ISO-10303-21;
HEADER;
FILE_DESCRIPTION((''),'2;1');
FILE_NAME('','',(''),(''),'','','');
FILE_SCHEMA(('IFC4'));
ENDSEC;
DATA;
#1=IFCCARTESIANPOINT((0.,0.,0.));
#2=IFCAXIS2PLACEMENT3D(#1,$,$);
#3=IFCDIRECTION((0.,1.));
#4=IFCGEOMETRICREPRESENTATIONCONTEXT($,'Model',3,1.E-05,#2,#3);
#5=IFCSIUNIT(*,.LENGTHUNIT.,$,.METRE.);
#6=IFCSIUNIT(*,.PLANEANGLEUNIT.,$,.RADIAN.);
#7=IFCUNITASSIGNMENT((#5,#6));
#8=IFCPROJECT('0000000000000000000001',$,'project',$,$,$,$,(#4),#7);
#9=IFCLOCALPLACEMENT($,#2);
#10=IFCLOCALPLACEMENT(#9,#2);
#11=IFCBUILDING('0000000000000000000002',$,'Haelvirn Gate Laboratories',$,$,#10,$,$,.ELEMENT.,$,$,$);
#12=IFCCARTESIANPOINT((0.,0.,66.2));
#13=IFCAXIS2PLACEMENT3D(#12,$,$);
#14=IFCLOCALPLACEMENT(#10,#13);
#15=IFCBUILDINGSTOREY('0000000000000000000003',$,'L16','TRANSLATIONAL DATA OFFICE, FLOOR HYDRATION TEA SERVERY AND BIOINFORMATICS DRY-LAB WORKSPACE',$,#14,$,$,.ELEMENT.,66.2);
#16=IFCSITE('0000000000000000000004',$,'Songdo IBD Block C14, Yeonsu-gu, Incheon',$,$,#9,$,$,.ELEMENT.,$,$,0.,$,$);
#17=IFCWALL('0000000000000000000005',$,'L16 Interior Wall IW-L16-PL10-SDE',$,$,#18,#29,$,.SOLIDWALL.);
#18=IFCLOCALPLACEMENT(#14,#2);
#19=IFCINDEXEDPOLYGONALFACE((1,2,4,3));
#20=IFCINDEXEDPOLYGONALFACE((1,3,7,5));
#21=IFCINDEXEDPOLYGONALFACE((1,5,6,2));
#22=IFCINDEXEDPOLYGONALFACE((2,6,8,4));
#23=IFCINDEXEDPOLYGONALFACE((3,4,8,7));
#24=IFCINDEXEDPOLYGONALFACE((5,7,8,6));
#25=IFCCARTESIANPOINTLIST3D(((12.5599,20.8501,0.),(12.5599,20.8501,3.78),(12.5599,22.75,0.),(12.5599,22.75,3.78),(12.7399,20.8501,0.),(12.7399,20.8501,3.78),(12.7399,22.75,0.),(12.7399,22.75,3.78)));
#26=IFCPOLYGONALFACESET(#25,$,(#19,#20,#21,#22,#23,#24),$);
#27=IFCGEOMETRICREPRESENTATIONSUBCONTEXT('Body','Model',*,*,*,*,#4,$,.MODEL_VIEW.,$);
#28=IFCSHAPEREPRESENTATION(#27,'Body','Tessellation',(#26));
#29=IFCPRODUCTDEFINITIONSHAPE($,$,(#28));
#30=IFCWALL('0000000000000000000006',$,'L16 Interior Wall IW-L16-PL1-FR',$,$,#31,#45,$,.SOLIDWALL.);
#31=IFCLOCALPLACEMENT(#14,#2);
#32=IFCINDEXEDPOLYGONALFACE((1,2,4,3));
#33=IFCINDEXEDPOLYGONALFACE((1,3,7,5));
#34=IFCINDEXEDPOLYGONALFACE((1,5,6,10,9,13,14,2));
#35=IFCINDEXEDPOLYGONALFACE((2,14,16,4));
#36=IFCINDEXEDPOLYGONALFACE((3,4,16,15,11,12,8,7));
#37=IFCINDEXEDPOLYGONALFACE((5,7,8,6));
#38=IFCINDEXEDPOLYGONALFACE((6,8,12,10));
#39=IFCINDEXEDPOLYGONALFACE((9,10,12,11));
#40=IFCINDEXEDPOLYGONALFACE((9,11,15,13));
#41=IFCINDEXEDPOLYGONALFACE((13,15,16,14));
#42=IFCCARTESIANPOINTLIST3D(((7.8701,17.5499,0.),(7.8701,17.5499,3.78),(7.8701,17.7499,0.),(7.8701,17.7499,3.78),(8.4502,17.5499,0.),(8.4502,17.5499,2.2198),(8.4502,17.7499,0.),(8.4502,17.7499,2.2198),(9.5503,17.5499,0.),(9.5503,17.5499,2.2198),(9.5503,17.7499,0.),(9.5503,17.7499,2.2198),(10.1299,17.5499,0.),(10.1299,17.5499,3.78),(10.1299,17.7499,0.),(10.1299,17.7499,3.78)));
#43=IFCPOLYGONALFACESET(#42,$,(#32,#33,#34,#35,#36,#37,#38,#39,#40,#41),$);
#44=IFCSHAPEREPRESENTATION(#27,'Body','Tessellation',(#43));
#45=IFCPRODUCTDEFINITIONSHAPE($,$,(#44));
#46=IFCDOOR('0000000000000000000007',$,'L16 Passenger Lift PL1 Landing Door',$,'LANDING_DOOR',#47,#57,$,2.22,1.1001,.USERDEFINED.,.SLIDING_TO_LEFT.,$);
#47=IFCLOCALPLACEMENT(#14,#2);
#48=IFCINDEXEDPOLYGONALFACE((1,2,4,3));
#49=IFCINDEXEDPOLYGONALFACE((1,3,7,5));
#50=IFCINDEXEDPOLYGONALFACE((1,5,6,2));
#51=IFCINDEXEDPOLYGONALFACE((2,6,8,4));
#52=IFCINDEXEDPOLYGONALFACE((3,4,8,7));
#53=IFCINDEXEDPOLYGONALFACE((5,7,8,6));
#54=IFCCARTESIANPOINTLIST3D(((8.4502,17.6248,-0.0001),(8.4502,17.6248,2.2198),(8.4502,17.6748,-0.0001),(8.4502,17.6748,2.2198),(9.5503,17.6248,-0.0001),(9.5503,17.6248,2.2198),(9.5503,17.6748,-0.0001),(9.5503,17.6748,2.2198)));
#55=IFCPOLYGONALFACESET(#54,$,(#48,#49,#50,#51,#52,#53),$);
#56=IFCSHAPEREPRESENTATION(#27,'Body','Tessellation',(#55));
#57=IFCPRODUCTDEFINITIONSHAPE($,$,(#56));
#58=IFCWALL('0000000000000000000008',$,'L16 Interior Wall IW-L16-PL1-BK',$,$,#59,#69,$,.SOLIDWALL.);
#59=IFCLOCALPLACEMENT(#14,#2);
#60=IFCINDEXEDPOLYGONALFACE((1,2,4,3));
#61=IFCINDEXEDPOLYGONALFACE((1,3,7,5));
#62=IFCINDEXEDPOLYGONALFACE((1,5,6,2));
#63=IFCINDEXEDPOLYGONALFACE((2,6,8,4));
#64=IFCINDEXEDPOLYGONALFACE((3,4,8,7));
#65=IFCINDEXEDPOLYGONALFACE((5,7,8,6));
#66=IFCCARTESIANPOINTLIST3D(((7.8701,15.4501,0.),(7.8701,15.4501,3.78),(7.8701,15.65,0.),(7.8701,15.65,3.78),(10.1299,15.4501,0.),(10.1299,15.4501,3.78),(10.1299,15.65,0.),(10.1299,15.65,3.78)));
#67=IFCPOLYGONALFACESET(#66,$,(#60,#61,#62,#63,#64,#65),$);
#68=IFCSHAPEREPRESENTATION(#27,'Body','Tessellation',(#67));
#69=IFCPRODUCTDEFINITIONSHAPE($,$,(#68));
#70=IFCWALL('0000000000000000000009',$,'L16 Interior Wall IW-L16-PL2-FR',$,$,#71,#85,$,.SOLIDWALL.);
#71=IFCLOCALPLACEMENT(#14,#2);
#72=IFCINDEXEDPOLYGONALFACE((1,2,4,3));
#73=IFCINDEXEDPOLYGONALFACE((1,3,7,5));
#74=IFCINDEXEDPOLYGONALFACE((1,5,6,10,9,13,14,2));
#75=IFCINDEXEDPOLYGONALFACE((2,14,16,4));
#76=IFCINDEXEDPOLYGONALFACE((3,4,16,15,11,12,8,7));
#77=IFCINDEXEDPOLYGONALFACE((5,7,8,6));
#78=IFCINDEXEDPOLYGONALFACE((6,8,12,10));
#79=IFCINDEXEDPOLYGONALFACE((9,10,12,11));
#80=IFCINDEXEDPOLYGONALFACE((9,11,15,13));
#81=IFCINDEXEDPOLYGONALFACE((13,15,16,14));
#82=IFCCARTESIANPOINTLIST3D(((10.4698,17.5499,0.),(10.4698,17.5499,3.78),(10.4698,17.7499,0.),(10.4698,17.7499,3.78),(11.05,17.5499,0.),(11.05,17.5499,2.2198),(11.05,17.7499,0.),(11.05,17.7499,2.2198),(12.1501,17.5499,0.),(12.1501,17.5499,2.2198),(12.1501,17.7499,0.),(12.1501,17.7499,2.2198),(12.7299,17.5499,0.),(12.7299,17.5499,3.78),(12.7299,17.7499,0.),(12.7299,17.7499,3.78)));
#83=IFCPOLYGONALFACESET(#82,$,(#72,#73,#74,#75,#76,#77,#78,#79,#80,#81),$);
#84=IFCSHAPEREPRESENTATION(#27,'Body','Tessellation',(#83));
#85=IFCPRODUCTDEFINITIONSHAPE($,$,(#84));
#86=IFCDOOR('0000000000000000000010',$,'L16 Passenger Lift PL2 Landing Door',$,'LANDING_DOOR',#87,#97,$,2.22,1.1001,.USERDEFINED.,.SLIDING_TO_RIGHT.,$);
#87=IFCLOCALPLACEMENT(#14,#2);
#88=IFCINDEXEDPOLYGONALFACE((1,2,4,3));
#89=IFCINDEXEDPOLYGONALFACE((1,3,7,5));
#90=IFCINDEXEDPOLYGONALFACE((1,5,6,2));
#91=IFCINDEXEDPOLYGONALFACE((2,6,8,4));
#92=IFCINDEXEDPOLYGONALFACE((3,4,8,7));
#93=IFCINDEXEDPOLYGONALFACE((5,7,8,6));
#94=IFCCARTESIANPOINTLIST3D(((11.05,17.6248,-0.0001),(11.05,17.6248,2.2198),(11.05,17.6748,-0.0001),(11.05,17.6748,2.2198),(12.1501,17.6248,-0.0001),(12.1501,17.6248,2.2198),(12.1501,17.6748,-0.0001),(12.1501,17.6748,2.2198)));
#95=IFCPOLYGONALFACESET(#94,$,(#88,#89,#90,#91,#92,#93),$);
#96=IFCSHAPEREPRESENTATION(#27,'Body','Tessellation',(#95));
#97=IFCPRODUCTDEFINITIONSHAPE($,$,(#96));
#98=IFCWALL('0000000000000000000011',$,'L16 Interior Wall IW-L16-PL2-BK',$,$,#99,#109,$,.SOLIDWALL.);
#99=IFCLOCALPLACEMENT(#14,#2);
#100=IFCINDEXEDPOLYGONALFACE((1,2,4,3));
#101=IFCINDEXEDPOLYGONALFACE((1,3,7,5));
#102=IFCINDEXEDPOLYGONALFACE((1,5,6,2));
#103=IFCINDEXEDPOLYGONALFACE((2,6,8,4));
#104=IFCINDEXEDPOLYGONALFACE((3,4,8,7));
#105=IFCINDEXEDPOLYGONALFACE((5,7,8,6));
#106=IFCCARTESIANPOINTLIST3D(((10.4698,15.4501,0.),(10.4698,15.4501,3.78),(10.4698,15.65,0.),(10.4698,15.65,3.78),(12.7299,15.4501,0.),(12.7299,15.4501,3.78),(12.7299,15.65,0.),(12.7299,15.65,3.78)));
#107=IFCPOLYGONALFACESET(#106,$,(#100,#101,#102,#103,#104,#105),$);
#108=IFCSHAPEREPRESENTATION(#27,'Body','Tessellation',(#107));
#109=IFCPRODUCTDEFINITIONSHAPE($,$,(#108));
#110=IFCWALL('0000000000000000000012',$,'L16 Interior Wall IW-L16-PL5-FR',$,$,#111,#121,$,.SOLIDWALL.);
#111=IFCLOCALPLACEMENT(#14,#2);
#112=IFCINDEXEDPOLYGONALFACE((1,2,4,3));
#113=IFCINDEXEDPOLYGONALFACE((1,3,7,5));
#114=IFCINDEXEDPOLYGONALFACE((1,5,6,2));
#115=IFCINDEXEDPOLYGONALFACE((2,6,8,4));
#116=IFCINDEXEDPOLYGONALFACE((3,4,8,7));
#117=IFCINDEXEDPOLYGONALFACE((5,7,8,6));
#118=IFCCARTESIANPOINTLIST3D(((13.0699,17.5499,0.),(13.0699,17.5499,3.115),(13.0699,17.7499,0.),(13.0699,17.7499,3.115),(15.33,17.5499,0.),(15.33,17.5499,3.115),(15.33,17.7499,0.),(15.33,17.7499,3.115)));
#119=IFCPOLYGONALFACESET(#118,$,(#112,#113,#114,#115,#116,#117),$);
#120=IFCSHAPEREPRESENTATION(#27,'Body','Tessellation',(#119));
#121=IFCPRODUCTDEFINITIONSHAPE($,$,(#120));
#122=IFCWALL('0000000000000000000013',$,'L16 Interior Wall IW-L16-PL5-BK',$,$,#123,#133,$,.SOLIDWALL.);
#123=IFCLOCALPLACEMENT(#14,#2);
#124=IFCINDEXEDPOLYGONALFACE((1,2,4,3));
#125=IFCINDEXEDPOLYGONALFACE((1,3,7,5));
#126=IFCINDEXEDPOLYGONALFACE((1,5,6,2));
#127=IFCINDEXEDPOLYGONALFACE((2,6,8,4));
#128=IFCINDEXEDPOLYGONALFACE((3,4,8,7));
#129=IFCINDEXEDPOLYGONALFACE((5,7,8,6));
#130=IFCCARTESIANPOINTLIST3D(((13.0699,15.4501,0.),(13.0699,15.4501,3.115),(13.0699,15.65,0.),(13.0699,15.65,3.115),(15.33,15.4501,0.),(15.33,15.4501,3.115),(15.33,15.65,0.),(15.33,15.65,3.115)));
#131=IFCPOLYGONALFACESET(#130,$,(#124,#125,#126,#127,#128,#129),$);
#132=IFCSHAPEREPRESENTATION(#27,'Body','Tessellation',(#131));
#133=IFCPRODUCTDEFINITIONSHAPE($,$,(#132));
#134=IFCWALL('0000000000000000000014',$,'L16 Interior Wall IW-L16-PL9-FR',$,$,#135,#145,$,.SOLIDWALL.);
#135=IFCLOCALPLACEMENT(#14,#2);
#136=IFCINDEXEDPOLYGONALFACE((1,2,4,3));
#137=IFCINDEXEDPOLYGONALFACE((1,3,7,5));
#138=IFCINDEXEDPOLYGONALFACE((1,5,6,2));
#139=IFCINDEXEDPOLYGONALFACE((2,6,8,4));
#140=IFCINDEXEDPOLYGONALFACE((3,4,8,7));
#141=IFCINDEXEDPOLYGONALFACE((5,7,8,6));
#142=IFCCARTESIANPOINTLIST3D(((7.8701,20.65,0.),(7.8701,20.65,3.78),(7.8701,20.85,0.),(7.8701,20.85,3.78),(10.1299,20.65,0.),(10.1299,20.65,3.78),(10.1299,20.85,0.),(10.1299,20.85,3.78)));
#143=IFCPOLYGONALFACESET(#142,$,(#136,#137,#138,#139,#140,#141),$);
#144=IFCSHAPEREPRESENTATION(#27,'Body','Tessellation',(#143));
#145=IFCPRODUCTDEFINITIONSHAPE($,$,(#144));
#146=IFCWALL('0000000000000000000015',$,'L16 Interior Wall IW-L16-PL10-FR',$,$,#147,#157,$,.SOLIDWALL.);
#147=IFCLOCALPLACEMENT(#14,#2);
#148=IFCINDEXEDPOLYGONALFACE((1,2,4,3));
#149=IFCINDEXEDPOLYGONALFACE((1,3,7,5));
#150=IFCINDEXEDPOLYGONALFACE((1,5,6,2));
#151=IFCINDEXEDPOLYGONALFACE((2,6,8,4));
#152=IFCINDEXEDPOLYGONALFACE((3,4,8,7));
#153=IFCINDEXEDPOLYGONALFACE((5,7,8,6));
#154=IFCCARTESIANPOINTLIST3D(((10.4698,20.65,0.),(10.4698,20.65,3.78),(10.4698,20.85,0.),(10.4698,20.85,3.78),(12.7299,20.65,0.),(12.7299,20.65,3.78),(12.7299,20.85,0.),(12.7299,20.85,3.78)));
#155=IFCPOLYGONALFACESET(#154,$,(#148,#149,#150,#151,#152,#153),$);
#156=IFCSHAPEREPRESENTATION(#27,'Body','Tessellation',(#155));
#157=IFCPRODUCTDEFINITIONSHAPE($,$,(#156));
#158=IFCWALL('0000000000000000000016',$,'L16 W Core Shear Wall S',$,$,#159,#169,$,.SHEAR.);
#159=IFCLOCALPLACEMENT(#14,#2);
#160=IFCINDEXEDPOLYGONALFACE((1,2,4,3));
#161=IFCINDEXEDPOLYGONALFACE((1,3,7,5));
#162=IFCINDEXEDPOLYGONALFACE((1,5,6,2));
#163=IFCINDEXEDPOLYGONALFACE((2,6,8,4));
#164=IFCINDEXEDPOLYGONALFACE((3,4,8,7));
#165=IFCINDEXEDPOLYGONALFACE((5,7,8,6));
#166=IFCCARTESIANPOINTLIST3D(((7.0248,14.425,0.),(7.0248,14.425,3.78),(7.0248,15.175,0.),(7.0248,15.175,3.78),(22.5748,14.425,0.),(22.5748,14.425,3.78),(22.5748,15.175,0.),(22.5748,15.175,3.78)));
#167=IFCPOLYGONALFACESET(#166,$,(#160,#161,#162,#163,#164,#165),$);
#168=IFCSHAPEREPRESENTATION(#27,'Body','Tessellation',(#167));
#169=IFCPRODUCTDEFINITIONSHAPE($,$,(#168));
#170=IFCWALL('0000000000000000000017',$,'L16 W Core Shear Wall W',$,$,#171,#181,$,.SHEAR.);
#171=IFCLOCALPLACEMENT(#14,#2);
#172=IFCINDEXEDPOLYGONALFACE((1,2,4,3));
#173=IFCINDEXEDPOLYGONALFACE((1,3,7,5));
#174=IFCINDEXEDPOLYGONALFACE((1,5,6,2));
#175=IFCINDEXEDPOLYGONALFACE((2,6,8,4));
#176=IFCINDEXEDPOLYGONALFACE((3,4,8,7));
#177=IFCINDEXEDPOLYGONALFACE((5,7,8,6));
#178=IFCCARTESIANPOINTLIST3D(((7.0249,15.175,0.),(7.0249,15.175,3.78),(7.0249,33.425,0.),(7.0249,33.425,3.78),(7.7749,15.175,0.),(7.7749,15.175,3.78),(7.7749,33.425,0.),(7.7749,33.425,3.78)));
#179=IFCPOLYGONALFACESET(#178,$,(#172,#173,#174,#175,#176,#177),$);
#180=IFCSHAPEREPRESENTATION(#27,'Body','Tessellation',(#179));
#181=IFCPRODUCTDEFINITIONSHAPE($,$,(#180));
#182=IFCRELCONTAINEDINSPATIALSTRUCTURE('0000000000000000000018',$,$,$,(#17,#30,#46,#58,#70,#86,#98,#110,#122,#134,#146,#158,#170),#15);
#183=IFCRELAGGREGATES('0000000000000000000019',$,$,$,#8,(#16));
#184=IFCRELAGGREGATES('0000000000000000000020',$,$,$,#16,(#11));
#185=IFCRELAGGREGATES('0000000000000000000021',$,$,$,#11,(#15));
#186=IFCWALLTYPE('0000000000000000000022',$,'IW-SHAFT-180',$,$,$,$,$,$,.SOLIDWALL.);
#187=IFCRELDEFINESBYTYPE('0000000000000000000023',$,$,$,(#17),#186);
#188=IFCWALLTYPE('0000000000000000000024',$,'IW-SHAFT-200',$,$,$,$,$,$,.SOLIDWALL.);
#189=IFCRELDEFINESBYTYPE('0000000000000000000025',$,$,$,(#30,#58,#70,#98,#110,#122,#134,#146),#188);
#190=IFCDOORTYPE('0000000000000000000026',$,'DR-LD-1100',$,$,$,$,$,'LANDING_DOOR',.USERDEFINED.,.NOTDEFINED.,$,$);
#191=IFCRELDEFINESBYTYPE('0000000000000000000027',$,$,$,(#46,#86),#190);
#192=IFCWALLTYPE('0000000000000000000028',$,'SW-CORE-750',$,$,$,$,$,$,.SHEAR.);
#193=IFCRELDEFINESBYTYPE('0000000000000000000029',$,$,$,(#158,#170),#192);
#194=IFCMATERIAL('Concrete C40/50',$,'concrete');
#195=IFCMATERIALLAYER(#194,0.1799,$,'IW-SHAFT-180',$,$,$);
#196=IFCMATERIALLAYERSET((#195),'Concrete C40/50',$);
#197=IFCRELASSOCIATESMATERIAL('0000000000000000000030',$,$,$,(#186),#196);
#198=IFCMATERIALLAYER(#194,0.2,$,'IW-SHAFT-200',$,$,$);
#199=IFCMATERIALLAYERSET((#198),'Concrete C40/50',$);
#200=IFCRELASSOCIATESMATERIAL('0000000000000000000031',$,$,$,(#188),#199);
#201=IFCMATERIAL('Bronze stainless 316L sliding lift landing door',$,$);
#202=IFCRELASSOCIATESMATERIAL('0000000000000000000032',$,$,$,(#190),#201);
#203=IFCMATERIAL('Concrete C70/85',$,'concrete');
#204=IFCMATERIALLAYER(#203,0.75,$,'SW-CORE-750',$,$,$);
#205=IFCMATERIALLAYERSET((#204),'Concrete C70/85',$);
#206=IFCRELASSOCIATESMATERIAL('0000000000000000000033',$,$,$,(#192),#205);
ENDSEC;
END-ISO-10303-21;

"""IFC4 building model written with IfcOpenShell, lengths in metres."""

from ifc_helpers import new_model, si_unit, direction, frame, frame_2d, origin, place, context, subcontext, project, spatial, rectangle, extrude, source, transform, mapped, material, layer, layer_set, type_object, type_shapes, element, fill, save


model = new_model("IFC4")

# Units and contexts
model_context = context("Model", 3, precision=1e-05, world=origin(), true_north=direction((0.0, 1.0)))
body_context = subcontext(model_context, "Body", "Model", "MODEL_VIEW")
ifc_project = project(units=[si_unit("LENGTHUNIT", "METRE"), si_unit("PLANEANGLEUNIT", "RADIAN")], contexts=[model_context])

# Site, building, storey
site_placement = place(None, origin())
site = spatial("IfcSite", under=ifc_project, at=site_placement, Name="Songdo IBD Block C14, Yeonsu-gu, Incheon", CompositionType="ELEMENT", RefElevation=0.0)
building_placement = place(site_placement, origin())
building = spatial("IfcBuilding", under=site, at=building_placement, Name="Haelvirn Gate Laboratories", CompositionType="ELEMENT")
storey_placement = place(building_placement, frame((0.0, 0.0, 66.2)))
storey = spatial("IfcBuildingStorey", under=building, at=storey_placement, Name="L16", Description="TRANSLATIONAL DATA OFFICE, FLOOR HYDRATION TEA SERVERY AND BIOINFORMATICS DRY-LAB WORKSPACE", CompositionType="ELEMENT", Elevation=66.2)

# Shared definitions
ifc_material_1 = material(Name="Concrete C70/85", Category="concrete")

# Wall
ifc_material_2 = material(Name="Concrete C40/50", Category="concrete")
ifc_layer_1 = layer(ifc_material_2, 0.1799, Name="IW-SHAFT-180")
ifc_layer_set_1 = layer_set([ifc_layer_1], Name="Concrete C40/50")
wall_type_1 = type_object("IfcWallType", Name="IW-SHAFT-180", PredefinedType="SOLIDWALL", material=ifc_layer_set_1)
for number, where, z_axis, x_axis, name in (
    (1, (12.6499, 20.8501, 0.0), (0.0, 0.0, 1.0), (0.0, 1.0, 0.0), "L16 Interior Wall IW-L16-PL10-SDE"),
):
    element("IfcWall", number, at=place(storey_placement, frame(where, z_axis=z_axis, x_axis=x_axis)), inside=storey, type_object=wall_type_1, Name=name, PredefinedType="SOLIDWALL", context=body_context, shape_type="SweptSolid", body=[
        extrude(rectangle(XDim=1.8999, YDim=0.1799, at=frame_2d((0.95, 0.0))), origin(), (0.0, 0.0, 1.0), 3.78),
    ])

# Wall, opening, door
ifc_layer_2 = layer(ifc_material_2, 0.2, Name="IW-SHAFT-200")
ifc_layer_set_2 = layer_set([ifc_layer_2], Name="Concrete C40/50")
wall_type_2 = type_object("IfcWallType", Name="IW-SHAFT-200", PredefinedType="SOLIDWALL", material=ifc_layer_set_2)
wall_1_placement = place(storey_placement, frame((7.8701, 17.6499, 0.0), z_axis=(0.0, 0.0, 1.0), x_axis=(1.0, 0.0, 0.0)))
wall_1 = element("IfcWall", 2, at=wall_1_placement, inside=storey, type_object=wall_type_2, Name="L16 Interior Wall IW-L16-PL1-FR", PredefinedType="SOLIDWALL", context=body_context, shape_type="SweptSolid", body=[
    extrude(rectangle(XDim=2.2598, YDim=0.2, at=frame_2d((1.1299, 0.0))), origin(), (0.0, 0.0, 1.0), 3.78),
])
opening_1_placement = place(wall_1_placement, frame((0.5801, 0.0, 0.0)))
opening_1 = element("IfcOpeningElement", 3, at=opening_1_placement, cuts=wall_1, PredefinedType="OPENING", context=body_context, shape_type="SweptSolid", body=[
    extrude(rectangle(XDim=1.1001, YDim=2.22, at=frame_2d((0.55, 1.1099))), frame((0.0, 0.1099, 0.0), z_axis=(0.0, -1.0, 0.0), x_axis=(1.0, 0.0, 0.0)), (0.0, 0.0, 1.0), 0.22),
])
ifc_material_3 = material(Name="Bronze stainless 316L sliding lift landing door")
door_type_1 = type_object("IfcDoorType", Name="DR-LD-1100", ElementType="LANDING_DOOR", OperationType="NOTDEFINED", PredefinedType="USERDEFINED", material=ifc_material_3)
shared_shape_1 = source(origin(), body_context, "Body", "SweptSolid", [
    extrude(rectangle(XDim=1.1001, YDim=2.22, at=frame_2d((0.55, 1.1099))), frame((0.0, 0.0249, 0.0), z_axis=(0.0, -1.0, 0.0), x_axis=(1.0, 0.0, 0.0)), (0.0, 0.0, 1.0), 0.05),
])
type_shapes(door_type_1, [shared_shape_1])
door_1_placement = place(opening_1_placement, origin())
door_1 = element("IfcDoor", 4, at=door_1_placement, inside=storey, type_object=door_type_1, Name="L16 Passenger Lift PL1 Landing Door", ObjectType="LANDING_DOOR", OperationType="SLIDING_TO_LEFT", OverallHeight=2.22, OverallWidth=1.1001, PredefinedType="USERDEFINED", context=body_context, shape_type="MappedRepresentation", body=[
    mapped(shared_shape_1, transform((0.0, 0.0, 0.0), scale=1.0)),
])
fill(opening_1, door_1)

# Wall
wall_2_placement = place(storey_placement, frame((7.8701, 15.55, 0.0), z_axis=(0.0, 0.0, 1.0), x_axis=(1.0, 0.0, 0.0)))
element("IfcWall", 5, at=wall_2_placement, inside=storey, type_object=wall_type_2, Name="L16 Interior Wall IW-L16-PL1-BK", PredefinedType="SOLIDWALL", context=body_context, shape_type="SweptSolid", body=[
    extrude(rectangle(XDim=2.2598, YDim=0.2, at=frame_2d((1.1299, 0.0))), origin(), (0.0, 0.0, 1.0), 3.78),
])

# Wall, opening, door
wall_3_placement = place(storey_placement, frame((10.47, 17.6499, 0.0), z_axis=(0.0, 0.0, 1.0), x_axis=(1.0, 0.0, 0.0)))
wall_3 = element("IfcWall", 6, at=wall_3_placement, inside=storey, type_object=wall_type_2, Name="L16 Interior Wall IW-L16-PL2-FR", PredefinedType="SOLIDWALL", context=body_context, shape_type="SweptSolid", body=[
    extrude(rectangle(XDim=2.26, YDim=0.2, at=frame_2d((1.1299, 0.0))), origin(), (0.0, 0.0, 1.0), 3.78),
])
opening_2_placement = place(wall_3_placement, frame((0.5801, 0.0, 0.0)))
opening_2 = element("IfcOpeningElement", 7, at=opening_2_placement, cuts=wall_3, PredefinedType="OPENING", context=body_context, shape_type="SweptSolid", body=[
    extrude(rectangle(XDim=1.1001, YDim=2.22, at=frame_2d((0.55, 1.1099))), frame((0.0, 0.1099, 0.0), z_axis=(0.0, -1.0, 0.0), x_axis=(1.0, 0.0, 0.0)), (0.0, 0.0, 1.0), 0.22),
])
door_2_placement = place(opening_2_placement, origin())
door_2 = element("IfcDoor", 8, at=door_2_placement, inside=storey, type_object=door_type_1, Name="L16 Passenger Lift PL2 Landing Door", ObjectType="LANDING_DOOR", OperationType="SLIDING_TO_RIGHT", OverallHeight=2.22, OverallWidth=1.1001, PredefinedType="USERDEFINED", context=body_context, shape_type="MappedRepresentation", body=[
    mapped(shared_shape_1, transform((0.0, 0.0, 0.0), scale=1.0)),
])
fill(opening_2, door_2)

# Walls
wall_4_placement = place(storey_placement, frame((10.47, 15.55, 0.0), z_axis=(0.0, 0.0, 1.0), x_axis=(1.0, 0.0, 0.0)))
element("IfcWall", 9, at=wall_4_placement, inside=storey, type_object=wall_type_2, Name="L16 Interior Wall IW-L16-PL2-BK", PredefinedType="SOLIDWALL", context=body_context, shape_type="SweptSolid", body=[
    extrude(rectangle(XDim=2.26, YDim=0.2, at=frame_2d((1.1299, 0.0))), origin(), (0.0, 0.0, 1.0), 3.78),
])
for number, where, z_axis, x_axis, name in (
    (10, (13.0701, 17.6499, 0.0), (0.0, 0.0, 1.0), (1.0, 0.0, 0.0), "L16 Interior Wall IW-L16-PL5-FR"),
    (11, (13.0701, 15.55, 0.0), (0.0, 0.0, 1.0), (1.0, 0.0, 0.0), "L16 Interior Wall IW-L16-PL5-BK"),
):
    element("IfcWall", number, at=place(storey_placement, frame(where, z_axis=z_axis, x_axis=x_axis)), inside=storey, type_object=wall_type_2, Name=name, PredefinedType="SOLIDWALL", context=body_context, shape_type="SweptSolid", body=[
        extrude(rectangle(XDim=2.26, YDim=0.2, at=frame_2d((1.1299, 0.0))), origin(), (0.0, 0.0, 1.0), 3.115),
    ])
wall_5_placement = place(storey_placement, frame((7.8701, 20.75, 0.0), z_axis=(0.0, 0.0, 1.0), x_axis=(1.0, 0.0, 0.0)))
element("IfcWall", 12, at=wall_5_placement, inside=storey, type_object=wall_type_2, Name="L16 Interior Wall IW-L16-PL9-FR", PredefinedType="SOLIDWALL", context=body_context, shape_type="SweptSolid", body=[
    extrude(rectangle(XDim=2.2598, YDim=0.2, at=frame_2d((1.1299, 0.0))), origin(), (0.0, 0.0, 1.0), 3.78),
])
wall_6_placement = place(storey_placement, frame((10.47, 20.75, 0.0), z_axis=(0.0, 0.0, 1.0), x_axis=(1.0, 0.0, 0.0)))
element("IfcWall", 13, at=wall_6_placement, inside=storey, type_object=wall_type_2, Name="L16 Interior Wall IW-L16-PL10-FR", PredefinedType="SOLIDWALL", context=body_context, shape_type="SweptSolid", body=[
    extrude(rectangle(XDim=2.26, YDim=0.2, at=frame_2d((1.1299, 0.0))), origin(), (0.0, 0.0, 1.0), 3.78),
])
ifc_layer_3 = layer(ifc_material_1, 0.75, Name="SW-CORE-750")
ifc_layer_set_3 = layer_set([ifc_layer_3], Name="Concrete C70/85")
wall_type_3 = type_object("IfcWallType", Name="SW-CORE-750", PredefinedType="SHEAR", material=ifc_layer_set_3)
wall_7_placement = place(storey_placement, frame((7.0249, 14.8, 0.0), z_axis=(0.0, 0.0, 1.0), x_axis=(1.0, 0.0, 0.0)))
element("IfcWall", 14, at=wall_7_placement, inside=storey, type_object=wall_type_3, Name="L16 W Core Shear Wall S", PredefinedType="SHEAR", context=body_context, shape_type="SweptSolid", body=[
    extrude(rectangle(XDim=15.55, YDim=0.75, at=frame_2d((7.7749, 0.0))), origin(), (0.0, 0.0, 1.0), 3.78),
])
wall_8_placement = place(storey_placement, frame((7.3999, 15.175, 0.0), z_axis=(0.0, 0.0, 1.0), x_axis=(0.0, 1.0, 0.0)))
element("IfcWall", 15, at=wall_8_placement, inside=storey, type_object=wall_type_3, Name="L16 W Core Shear Wall W", PredefinedType="SHEAR", context=body_context, shape_type="SweptSolid", body=[
    extrude(rectangle(XDim=18.25, YDim=0.75, at=frame_2d((9.125, 0.0))), origin(), (0.0, 0.0, 1.0), 3.78),
])

save(model, "model.ifc")
